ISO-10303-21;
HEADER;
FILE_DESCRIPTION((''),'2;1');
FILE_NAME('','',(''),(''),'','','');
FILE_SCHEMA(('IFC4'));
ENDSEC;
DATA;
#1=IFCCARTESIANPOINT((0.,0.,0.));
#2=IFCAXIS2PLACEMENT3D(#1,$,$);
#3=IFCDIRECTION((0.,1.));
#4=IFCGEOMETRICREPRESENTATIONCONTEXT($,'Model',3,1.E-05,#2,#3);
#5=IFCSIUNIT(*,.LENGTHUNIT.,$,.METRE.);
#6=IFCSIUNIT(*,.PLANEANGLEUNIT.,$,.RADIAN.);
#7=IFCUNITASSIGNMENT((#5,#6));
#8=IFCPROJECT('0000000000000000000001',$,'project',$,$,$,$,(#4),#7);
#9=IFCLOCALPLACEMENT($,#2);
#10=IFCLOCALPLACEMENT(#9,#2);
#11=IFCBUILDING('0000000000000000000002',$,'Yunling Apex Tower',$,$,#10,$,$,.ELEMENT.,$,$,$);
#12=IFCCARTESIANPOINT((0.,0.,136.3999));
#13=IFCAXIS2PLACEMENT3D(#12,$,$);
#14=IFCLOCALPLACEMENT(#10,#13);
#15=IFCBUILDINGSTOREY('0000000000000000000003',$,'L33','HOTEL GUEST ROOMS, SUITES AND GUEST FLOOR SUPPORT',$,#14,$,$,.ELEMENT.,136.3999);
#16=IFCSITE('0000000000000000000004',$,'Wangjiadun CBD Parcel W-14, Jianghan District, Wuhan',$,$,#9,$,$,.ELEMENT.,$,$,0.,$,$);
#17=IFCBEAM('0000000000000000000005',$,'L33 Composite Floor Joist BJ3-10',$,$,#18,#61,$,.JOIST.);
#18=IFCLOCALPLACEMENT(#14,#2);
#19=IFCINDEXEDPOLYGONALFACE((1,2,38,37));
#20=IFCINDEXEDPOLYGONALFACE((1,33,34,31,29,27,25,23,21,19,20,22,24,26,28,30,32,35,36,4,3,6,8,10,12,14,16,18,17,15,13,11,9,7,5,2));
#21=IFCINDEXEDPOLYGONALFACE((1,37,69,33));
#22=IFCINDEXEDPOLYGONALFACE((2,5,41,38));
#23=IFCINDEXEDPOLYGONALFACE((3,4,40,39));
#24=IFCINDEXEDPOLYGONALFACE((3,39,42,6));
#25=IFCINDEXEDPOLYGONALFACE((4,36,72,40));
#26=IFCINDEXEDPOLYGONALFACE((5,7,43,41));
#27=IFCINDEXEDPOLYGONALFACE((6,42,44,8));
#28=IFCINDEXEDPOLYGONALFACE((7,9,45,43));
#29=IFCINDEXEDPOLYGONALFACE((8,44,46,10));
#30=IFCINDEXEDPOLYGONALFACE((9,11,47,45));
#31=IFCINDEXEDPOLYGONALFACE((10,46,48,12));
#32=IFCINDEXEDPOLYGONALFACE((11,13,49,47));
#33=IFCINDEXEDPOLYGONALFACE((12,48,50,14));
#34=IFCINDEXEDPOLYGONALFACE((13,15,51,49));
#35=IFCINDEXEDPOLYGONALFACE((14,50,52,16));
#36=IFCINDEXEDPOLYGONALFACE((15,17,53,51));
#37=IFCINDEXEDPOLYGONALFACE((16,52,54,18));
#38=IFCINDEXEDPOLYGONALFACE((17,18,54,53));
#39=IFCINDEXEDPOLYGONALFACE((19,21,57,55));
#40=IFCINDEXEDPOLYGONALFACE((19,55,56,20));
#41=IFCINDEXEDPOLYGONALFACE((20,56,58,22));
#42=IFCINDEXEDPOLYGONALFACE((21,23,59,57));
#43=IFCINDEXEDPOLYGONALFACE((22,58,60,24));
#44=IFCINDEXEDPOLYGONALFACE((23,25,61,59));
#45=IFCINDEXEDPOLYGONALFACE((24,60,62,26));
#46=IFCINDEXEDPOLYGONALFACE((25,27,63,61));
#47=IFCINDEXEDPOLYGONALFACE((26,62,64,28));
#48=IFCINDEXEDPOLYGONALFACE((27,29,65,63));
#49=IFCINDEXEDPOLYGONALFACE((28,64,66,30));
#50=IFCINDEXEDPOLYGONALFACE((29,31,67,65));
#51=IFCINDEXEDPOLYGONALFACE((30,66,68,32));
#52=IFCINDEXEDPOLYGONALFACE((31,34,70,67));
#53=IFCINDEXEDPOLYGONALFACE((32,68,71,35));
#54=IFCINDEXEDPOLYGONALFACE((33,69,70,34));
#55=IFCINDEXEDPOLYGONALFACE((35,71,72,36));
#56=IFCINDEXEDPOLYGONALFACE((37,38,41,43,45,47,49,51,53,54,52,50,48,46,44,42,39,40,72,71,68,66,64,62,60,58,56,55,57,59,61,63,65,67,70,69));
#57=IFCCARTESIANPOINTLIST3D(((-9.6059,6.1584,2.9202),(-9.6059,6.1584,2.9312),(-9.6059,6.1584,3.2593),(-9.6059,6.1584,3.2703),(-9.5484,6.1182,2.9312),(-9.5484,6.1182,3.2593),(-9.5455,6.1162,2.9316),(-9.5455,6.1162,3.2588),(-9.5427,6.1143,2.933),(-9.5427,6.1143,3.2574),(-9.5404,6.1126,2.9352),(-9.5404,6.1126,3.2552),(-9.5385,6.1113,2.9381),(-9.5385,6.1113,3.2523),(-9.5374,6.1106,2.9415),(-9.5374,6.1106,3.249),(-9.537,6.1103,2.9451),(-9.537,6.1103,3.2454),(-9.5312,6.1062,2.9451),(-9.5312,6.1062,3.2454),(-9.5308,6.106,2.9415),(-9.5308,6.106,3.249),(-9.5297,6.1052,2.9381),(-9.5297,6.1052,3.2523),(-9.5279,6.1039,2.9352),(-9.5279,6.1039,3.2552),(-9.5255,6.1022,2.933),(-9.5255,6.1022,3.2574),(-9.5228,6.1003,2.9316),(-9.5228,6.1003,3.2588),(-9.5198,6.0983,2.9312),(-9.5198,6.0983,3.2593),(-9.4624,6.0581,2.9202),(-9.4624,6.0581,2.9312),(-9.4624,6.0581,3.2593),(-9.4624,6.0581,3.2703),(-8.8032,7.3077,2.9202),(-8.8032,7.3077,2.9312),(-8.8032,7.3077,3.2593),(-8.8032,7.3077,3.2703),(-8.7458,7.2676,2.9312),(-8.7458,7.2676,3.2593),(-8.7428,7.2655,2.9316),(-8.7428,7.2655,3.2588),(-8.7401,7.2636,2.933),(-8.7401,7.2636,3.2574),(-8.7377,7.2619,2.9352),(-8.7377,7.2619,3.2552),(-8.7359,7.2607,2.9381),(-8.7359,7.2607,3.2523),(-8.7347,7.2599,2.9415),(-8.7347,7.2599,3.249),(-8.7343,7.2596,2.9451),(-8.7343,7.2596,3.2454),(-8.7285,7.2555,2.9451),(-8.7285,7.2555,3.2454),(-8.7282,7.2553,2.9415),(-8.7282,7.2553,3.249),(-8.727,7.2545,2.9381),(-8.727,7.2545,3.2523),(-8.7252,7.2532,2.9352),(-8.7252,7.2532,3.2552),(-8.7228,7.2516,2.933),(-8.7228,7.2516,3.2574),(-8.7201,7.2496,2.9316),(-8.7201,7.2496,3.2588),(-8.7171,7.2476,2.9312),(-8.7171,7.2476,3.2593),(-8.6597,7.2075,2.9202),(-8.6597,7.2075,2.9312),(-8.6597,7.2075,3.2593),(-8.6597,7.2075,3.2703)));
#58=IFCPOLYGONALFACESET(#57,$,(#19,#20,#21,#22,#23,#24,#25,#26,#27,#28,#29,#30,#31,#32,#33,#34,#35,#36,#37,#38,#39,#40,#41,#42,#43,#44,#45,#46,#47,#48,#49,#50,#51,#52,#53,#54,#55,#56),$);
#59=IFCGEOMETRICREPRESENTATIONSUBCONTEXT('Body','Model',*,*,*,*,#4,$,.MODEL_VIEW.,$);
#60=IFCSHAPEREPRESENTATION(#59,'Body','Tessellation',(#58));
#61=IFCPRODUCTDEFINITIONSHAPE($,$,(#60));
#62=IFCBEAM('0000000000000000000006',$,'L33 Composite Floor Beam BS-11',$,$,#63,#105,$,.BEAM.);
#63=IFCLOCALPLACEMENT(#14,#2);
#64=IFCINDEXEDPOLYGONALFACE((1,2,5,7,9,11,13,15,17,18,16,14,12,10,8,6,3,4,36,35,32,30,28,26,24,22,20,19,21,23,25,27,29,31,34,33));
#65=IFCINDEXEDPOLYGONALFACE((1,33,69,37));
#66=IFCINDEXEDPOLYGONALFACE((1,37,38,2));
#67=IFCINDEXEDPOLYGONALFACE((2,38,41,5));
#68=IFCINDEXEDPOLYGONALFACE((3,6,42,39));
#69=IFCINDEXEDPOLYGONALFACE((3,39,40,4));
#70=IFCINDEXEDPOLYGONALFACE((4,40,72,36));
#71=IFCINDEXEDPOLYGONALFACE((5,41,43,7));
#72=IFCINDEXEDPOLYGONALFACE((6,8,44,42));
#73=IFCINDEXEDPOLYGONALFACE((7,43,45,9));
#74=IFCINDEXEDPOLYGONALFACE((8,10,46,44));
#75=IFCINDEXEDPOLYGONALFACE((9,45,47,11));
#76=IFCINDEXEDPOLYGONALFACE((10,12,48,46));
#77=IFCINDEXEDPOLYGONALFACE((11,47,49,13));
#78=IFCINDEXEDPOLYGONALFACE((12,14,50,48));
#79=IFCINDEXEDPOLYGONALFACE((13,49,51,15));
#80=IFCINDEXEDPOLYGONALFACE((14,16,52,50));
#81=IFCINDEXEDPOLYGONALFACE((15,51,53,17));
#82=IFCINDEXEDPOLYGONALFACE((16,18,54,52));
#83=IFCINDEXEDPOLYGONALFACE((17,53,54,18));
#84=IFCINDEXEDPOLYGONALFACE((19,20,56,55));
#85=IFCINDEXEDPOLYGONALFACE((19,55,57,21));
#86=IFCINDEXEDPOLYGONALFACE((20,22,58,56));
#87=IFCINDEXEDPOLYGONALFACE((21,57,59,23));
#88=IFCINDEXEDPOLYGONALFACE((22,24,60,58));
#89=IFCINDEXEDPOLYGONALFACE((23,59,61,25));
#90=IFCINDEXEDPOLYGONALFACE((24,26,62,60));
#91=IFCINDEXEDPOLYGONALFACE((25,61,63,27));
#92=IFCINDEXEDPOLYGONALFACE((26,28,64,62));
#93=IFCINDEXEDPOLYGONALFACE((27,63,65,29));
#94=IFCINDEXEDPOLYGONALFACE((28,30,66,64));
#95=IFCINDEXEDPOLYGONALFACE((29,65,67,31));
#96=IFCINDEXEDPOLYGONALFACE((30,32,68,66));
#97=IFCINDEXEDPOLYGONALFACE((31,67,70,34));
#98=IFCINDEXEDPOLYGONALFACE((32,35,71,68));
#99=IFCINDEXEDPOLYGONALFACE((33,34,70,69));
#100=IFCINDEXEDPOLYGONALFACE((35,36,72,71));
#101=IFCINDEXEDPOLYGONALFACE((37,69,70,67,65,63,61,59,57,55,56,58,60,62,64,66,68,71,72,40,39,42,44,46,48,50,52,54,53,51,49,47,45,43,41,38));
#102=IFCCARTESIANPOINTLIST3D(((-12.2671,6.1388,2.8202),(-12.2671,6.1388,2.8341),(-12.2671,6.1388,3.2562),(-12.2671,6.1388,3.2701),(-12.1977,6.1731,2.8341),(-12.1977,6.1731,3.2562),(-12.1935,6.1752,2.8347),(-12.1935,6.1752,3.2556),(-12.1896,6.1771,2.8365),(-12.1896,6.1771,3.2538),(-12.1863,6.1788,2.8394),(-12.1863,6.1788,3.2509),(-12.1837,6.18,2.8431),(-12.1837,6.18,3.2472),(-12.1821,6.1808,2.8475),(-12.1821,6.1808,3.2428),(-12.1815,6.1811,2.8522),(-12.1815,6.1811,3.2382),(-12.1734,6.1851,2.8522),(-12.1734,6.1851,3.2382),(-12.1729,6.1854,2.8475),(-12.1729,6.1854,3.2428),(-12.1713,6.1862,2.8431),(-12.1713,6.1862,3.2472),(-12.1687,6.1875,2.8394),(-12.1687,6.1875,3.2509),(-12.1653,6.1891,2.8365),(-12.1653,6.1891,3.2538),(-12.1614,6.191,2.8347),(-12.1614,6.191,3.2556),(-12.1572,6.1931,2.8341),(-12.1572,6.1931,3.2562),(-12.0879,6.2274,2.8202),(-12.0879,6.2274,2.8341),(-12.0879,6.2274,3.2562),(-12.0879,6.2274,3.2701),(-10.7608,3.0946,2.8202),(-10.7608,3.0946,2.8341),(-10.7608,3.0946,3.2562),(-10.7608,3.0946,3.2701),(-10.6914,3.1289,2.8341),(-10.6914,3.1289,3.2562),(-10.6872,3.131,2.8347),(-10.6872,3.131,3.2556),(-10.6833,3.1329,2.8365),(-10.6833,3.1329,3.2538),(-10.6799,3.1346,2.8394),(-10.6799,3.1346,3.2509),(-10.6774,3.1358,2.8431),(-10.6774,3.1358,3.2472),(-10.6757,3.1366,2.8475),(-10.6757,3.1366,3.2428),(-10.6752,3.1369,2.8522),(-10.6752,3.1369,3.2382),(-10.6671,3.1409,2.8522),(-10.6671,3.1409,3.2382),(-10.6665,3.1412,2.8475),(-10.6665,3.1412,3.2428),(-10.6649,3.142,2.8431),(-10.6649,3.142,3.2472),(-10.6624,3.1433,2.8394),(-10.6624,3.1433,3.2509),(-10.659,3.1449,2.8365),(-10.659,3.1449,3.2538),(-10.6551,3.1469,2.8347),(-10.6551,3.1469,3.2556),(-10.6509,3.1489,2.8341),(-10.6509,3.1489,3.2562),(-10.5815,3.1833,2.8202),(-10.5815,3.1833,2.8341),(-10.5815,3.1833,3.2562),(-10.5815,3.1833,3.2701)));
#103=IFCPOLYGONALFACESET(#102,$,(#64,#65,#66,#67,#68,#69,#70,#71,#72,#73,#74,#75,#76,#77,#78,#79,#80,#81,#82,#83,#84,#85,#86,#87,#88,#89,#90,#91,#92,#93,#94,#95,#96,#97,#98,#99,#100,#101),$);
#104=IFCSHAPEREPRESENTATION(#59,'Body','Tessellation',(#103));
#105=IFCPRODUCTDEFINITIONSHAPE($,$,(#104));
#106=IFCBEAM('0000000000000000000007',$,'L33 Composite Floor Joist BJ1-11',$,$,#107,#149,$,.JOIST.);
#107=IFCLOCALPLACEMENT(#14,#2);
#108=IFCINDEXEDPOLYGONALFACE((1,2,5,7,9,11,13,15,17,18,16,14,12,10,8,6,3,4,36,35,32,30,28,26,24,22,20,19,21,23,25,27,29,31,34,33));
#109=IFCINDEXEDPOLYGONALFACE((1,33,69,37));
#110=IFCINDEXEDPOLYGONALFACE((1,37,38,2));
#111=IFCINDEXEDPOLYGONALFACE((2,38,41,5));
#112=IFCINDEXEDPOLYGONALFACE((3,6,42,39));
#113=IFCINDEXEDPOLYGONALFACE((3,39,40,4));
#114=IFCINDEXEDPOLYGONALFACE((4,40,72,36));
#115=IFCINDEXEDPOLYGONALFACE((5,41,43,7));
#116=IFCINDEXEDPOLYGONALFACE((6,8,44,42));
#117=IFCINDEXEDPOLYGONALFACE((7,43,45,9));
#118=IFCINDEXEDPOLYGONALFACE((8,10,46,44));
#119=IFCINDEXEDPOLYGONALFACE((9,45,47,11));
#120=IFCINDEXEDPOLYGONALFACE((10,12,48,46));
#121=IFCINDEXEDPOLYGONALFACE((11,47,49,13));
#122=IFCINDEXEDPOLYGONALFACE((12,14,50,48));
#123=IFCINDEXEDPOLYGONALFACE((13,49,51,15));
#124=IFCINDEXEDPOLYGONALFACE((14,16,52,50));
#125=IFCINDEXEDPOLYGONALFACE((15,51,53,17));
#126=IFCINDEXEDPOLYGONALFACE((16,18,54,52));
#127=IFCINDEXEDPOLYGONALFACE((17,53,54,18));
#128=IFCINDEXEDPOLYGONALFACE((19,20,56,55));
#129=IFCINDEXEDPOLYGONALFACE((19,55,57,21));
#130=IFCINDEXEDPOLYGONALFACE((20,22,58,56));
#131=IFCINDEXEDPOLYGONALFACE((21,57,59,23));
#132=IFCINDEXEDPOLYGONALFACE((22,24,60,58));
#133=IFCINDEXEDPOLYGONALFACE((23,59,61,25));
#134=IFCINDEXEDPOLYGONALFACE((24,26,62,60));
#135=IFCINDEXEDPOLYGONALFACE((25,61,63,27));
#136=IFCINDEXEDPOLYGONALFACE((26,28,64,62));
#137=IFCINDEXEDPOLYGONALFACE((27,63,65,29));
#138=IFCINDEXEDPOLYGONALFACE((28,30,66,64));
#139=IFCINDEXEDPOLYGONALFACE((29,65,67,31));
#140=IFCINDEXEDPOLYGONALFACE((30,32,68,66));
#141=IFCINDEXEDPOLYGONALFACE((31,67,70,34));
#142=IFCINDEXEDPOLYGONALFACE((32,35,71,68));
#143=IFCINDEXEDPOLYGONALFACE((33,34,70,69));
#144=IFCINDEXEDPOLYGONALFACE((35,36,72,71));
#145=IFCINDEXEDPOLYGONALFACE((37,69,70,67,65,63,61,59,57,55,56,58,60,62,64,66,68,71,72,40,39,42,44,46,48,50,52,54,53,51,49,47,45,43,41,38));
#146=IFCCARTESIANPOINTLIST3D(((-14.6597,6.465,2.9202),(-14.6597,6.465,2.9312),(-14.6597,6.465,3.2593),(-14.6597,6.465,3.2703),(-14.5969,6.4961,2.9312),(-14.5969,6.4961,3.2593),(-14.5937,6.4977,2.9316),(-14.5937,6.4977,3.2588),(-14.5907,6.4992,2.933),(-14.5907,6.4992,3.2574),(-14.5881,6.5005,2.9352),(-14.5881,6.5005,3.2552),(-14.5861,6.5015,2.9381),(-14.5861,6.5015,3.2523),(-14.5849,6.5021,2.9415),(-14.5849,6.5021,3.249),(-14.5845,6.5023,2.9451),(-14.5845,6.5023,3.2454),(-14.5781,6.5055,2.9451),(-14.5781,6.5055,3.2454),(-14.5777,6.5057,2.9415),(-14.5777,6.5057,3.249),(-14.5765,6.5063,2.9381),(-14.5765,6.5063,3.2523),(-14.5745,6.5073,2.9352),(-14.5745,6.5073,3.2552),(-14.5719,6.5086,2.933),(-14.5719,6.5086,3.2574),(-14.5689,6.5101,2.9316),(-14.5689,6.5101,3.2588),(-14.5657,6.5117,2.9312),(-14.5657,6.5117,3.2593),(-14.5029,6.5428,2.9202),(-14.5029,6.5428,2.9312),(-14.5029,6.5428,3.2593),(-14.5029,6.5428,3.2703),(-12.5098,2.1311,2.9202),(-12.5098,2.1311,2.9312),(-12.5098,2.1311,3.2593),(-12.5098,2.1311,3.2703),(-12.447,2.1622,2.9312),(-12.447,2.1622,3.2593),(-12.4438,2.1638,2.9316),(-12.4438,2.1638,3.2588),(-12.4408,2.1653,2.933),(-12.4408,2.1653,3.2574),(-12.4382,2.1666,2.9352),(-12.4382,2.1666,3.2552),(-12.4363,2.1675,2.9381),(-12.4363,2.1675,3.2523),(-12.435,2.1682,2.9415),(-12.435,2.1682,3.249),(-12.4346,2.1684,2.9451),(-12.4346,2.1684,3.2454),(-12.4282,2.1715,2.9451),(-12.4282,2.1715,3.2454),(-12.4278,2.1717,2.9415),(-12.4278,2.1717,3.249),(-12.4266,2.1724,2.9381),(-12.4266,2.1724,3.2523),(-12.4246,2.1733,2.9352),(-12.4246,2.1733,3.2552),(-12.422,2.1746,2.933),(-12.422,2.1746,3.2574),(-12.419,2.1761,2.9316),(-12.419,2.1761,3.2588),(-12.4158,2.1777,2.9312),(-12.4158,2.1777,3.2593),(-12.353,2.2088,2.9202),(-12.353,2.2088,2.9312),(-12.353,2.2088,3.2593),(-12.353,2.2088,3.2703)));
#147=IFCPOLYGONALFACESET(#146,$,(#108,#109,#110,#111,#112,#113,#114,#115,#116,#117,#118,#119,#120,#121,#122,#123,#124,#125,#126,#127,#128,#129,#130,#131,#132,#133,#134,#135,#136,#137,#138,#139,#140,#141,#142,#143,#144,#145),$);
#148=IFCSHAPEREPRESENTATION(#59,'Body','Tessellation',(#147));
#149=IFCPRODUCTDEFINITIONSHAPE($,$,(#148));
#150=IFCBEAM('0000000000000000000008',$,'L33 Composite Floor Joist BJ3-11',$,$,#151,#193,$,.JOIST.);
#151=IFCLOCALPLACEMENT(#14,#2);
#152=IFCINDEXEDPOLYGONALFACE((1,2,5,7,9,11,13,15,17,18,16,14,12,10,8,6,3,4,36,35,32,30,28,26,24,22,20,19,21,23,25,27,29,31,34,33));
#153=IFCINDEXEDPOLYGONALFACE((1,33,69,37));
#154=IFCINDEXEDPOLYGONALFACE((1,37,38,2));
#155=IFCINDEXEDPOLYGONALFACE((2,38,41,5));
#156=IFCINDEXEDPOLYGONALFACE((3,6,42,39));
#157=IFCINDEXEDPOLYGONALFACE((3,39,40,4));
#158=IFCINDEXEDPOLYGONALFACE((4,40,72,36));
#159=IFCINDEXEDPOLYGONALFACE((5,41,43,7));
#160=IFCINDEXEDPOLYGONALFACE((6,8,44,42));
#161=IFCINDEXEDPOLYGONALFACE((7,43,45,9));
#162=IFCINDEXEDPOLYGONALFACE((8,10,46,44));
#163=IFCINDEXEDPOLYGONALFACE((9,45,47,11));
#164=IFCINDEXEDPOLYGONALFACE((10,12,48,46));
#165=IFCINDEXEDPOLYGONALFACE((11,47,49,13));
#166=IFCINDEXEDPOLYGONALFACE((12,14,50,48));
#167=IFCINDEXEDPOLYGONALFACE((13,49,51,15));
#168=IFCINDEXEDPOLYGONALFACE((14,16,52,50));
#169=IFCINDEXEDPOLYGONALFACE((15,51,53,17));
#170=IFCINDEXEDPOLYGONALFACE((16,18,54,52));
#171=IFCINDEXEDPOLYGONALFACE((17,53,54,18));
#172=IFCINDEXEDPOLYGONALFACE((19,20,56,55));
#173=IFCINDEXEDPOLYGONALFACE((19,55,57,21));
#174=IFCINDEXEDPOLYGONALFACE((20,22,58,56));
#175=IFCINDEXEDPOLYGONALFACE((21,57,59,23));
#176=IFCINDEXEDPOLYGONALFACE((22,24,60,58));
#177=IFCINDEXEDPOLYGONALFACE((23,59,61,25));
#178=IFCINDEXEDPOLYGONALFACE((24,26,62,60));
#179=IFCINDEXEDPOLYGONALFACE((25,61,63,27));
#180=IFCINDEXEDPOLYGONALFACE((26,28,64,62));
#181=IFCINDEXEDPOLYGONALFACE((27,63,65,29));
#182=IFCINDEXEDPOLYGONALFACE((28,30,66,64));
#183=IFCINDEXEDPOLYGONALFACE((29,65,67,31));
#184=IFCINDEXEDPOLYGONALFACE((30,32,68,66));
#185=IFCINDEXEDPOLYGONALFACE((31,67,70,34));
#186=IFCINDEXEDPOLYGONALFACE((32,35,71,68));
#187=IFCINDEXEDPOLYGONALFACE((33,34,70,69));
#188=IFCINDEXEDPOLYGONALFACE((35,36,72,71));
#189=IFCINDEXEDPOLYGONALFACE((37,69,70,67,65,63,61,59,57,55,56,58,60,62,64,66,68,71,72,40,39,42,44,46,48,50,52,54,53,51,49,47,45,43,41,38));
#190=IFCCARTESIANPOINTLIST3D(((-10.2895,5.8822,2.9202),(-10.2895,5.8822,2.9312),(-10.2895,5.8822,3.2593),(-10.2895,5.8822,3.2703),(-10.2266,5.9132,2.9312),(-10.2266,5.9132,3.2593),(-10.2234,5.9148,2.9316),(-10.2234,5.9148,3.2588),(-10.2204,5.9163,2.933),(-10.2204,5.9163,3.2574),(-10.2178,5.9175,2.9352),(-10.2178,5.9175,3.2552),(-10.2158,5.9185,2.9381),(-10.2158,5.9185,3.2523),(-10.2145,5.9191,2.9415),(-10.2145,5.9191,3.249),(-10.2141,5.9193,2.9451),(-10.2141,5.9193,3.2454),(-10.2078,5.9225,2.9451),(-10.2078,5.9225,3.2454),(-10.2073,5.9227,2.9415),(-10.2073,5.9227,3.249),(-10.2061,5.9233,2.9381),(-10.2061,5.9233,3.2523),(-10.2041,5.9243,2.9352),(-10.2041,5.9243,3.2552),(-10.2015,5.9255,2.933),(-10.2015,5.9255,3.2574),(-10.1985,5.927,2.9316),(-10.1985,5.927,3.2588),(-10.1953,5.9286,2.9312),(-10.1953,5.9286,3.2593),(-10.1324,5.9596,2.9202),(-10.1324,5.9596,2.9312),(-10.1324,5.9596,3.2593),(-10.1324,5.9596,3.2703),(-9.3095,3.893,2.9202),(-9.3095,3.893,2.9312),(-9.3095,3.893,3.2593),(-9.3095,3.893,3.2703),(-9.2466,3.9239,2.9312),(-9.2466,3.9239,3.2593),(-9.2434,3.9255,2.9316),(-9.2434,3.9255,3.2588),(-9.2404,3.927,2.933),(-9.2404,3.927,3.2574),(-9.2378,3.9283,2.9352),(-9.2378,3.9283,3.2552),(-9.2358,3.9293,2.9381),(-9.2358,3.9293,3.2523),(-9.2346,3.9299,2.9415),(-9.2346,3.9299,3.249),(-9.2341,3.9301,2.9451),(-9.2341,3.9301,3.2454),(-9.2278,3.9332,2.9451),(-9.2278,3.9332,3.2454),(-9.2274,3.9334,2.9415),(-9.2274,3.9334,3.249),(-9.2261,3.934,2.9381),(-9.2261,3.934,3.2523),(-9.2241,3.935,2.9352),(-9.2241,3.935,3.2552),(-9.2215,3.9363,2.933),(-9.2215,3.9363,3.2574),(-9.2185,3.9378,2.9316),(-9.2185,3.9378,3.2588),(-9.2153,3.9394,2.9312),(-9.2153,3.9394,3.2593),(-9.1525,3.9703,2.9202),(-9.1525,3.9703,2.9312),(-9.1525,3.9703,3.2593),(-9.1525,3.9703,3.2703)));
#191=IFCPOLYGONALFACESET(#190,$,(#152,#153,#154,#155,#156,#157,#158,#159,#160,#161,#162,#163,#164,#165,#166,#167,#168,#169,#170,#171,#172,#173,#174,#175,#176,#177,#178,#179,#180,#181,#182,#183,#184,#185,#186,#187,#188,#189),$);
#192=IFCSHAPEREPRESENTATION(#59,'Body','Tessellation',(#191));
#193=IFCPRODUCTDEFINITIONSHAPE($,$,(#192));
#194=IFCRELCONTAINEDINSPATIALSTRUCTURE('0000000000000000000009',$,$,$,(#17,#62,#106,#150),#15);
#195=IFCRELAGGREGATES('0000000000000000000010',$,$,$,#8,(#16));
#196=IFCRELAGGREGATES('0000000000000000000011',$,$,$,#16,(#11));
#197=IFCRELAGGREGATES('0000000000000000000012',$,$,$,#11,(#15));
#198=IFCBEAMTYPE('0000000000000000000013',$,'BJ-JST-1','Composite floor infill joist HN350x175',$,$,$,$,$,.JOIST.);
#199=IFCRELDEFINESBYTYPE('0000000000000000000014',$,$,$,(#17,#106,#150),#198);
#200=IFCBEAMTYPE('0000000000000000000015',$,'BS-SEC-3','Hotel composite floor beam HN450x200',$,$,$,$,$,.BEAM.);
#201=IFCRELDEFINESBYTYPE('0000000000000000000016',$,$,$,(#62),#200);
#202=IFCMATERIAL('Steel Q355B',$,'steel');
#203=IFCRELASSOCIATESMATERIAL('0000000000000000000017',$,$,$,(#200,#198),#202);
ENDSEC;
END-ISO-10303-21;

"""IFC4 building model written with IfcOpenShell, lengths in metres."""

from ifc_helpers import new_model, si_unit, direction, frame, origin, origin_2d, place, context, subcontext, project, spatial, i_section, extrude, source, transform, mapped, material, material_profile, profile_set, type_object, element, save


model = new_model("IFC4")

# Units and contexts
model_context = context("Model", 3, precision=1e-05, world=origin(), true_north=direction((0.0, 1.0)))
body_context = subcontext(model_context, "Body", "Model", "MODEL_VIEW")
ifc_project = project(units=[si_unit("LENGTHUNIT", "METRE"), si_unit("PLANEANGLEUNIT", "RADIAN")], contexts=[model_context])

# Site, building, storey
site_placement = place(None, origin())
site = spatial("IfcSite", under=ifc_project, at=site_placement, Name="Wangjiadun CBD Parcel W-14, Jianghan District, Wuhan", CompositionType="ELEMENT", RefElevation=0.0)
building_placement = place(site_placement, origin())
building = spatial("IfcBuilding", under=site, at=building_placement, Name="Yunling Apex Tower", CompositionType="ELEMENT")
storey_placement = place(building_placement, frame((0.0, 0.0, 136.3999)))
storey = spatial("IfcBuildingStorey", under=building, at=storey_placement, Name="L33", Description="HOTEL GUEST ROOMS, SUITES AND GUEST FLOOR SUPPORT", CompositionType="ELEMENT", Elevation=136.3999)

# Beams
ifc_material_1 = material(Name="Steel Q355B", Category="steel")
ifc_material_profile_1 = material_profile(ifc_material_1, i_section(OverallWidth=0.2, OverallDepth=0.45, WebThickness=0.009, FlangeThickness=0.0139, FilletRadius=0.0181, at=origin_2d()))
ifc_profile_set_1 = profile_set([ifc_material_profile_1], Name="Steel Q355B")
beam_type_1 = type_object("IfcBeamType", Name="BS-SEC-3", Description="Hotel composite floor beam HN450x200", PredefinedType="BEAM", material=ifc_profile_set_1)
ifc_material_profile_2 = material_profile(ifc_material_1, i_section(OverallWidth=0.175, OverallDepth=0.3501, WebThickness=0.0071, FlangeThickness=0.011, FilletRadius=0.0139, at=origin_2d()))
ifc_profile_set_2 = profile_set([ifc_material_profile_2], Name="Steel Q355B")
beam_type_2 = type_object("IfcBeamType", Name="BJ-JST-1", Description="Composite floor infill joist HN350x175", PredefinedType="JOIST", material=ifc_profile_set_2)
shared_shape_1 = source(origin(), body_context, "Body", "SweptSolid", [
    extrude(i_section(OverallWidth=0.175, OverallDepth=0.3501, WebThickness=0.0071, FlangeThickness=0.011, FilletRadius=0.0139, at=origin_2d()), origin(), (0.0, 0.0, 1.0), 1.4019),
])
beam_1_placement = place(storey_placement, frame((-8.7314, 7.2576, 3.0952), z_axis=(-0.572574, -0.819853, 0.0), x_axis=(0.819853, -0.572574, 0.0)))
element("IfcBeam", 1, at=beam_1_placement, inside=storey, type_object=beam_type_2, Name="L33 Composite Floor Joist BJ3-10", PredefinedType="JOIST", context=body_context, shape_type="MappedRepresentation", body=[
    mapped(shared_shape_1, transform((0.0, 0.0, 0.0), scale=1.0)),
])
shared_shape_2 = source(origin(), body_context, "Body", "SweptSolid", [
    extrude(i_section(OverallWidth=0.2, OverallDepth=0.45, WebThickness=0.009, FlangeThickness=0.0139, FilletRadius=0.0181, at=origin_2d()), origin(), (0.0, 0.0, 1.0), 3.3965),
])
beam_2_placement = place(storey_placement, frame((-12.1775, 6.1831, 3.0452), z_axis=(0.443501, -0.896274, 0.0), x_axis=(0.896274, 0.443501, 0.0)))
element("IfcBeam", 2, at=beam_2_placement, inside=storey, type_object=beam_type_1, Name="L33 Composite Floor Beam BS-11", PredefinedType="BEAM", context=body_context, shape_type="MappedRepresentation", body=[
    mapped(shared_shape_2, transform((0.0, 0.0, 0.0), scale=1.0)),
])
shared_shape_3 = source(origin(), body_context, "Body", "SweptSolid", [
    extrude(i_section(OverallWidth=0.175, OverallDepth=0.3501, WebThickness=0.0071, FlangeThickness=0.011, FilletRadius=0.0139, at=origin_2d()), origin(), (0.0, 0.0, 1.0), 4.8379),
])
beam_3_placement = place(storey_placement, frame((-14.5813, 6.5039, 3.0952), z_axis=(0.444385, -0.895836, 0.0), x_axis=(0.895836, 0.444385, 0.0)))
element("IfcBeam", 3, at=beam_3_placement, inside=storey, type_object=beam_type_2, Name="L33 Composite Floor Joist BJ1-11", PredefinedType="JOIST", context=body_context, shape_type="MappedRepresentation", body=[
    mapped(shared_shape_3, transform((0.0, 0.0, 0.0), scale=1.0)),
])
shared_shape_4 = source(origin(), body_context, "Body", "SweptSolid", [
    extrude(i_section(OverallWidth=0.175, OverallDepth=0.3501, WebThickness=0.0071, FlangeThickness=0.011, FilletRadius=0.0139, at=origin_2d()), origin(), (0.0, 0.0, 1.0), 2.2175),
])
beam_4_placement = place(storey_placement, frame((-10.2109, 5.9209, 3.0952), z_axis=(0.441921, -0.897054, 0.0), x_axis=(0.897054, 0.441921, 0.0)))
element("IfcBeam", 4, at=beam_4_placement, inside=storey, type_object=beam_type_2, Name="L33 Composite Floor Joist BJ3-11", PredefinedType="JOIST", context=body_context, shape_type="MappedRepresentation", body=[
    mapped(shared_shape_4, transform((0.0, 0.0, 0.0), scale=1.0)),
])

save(model, "model.ifc")
